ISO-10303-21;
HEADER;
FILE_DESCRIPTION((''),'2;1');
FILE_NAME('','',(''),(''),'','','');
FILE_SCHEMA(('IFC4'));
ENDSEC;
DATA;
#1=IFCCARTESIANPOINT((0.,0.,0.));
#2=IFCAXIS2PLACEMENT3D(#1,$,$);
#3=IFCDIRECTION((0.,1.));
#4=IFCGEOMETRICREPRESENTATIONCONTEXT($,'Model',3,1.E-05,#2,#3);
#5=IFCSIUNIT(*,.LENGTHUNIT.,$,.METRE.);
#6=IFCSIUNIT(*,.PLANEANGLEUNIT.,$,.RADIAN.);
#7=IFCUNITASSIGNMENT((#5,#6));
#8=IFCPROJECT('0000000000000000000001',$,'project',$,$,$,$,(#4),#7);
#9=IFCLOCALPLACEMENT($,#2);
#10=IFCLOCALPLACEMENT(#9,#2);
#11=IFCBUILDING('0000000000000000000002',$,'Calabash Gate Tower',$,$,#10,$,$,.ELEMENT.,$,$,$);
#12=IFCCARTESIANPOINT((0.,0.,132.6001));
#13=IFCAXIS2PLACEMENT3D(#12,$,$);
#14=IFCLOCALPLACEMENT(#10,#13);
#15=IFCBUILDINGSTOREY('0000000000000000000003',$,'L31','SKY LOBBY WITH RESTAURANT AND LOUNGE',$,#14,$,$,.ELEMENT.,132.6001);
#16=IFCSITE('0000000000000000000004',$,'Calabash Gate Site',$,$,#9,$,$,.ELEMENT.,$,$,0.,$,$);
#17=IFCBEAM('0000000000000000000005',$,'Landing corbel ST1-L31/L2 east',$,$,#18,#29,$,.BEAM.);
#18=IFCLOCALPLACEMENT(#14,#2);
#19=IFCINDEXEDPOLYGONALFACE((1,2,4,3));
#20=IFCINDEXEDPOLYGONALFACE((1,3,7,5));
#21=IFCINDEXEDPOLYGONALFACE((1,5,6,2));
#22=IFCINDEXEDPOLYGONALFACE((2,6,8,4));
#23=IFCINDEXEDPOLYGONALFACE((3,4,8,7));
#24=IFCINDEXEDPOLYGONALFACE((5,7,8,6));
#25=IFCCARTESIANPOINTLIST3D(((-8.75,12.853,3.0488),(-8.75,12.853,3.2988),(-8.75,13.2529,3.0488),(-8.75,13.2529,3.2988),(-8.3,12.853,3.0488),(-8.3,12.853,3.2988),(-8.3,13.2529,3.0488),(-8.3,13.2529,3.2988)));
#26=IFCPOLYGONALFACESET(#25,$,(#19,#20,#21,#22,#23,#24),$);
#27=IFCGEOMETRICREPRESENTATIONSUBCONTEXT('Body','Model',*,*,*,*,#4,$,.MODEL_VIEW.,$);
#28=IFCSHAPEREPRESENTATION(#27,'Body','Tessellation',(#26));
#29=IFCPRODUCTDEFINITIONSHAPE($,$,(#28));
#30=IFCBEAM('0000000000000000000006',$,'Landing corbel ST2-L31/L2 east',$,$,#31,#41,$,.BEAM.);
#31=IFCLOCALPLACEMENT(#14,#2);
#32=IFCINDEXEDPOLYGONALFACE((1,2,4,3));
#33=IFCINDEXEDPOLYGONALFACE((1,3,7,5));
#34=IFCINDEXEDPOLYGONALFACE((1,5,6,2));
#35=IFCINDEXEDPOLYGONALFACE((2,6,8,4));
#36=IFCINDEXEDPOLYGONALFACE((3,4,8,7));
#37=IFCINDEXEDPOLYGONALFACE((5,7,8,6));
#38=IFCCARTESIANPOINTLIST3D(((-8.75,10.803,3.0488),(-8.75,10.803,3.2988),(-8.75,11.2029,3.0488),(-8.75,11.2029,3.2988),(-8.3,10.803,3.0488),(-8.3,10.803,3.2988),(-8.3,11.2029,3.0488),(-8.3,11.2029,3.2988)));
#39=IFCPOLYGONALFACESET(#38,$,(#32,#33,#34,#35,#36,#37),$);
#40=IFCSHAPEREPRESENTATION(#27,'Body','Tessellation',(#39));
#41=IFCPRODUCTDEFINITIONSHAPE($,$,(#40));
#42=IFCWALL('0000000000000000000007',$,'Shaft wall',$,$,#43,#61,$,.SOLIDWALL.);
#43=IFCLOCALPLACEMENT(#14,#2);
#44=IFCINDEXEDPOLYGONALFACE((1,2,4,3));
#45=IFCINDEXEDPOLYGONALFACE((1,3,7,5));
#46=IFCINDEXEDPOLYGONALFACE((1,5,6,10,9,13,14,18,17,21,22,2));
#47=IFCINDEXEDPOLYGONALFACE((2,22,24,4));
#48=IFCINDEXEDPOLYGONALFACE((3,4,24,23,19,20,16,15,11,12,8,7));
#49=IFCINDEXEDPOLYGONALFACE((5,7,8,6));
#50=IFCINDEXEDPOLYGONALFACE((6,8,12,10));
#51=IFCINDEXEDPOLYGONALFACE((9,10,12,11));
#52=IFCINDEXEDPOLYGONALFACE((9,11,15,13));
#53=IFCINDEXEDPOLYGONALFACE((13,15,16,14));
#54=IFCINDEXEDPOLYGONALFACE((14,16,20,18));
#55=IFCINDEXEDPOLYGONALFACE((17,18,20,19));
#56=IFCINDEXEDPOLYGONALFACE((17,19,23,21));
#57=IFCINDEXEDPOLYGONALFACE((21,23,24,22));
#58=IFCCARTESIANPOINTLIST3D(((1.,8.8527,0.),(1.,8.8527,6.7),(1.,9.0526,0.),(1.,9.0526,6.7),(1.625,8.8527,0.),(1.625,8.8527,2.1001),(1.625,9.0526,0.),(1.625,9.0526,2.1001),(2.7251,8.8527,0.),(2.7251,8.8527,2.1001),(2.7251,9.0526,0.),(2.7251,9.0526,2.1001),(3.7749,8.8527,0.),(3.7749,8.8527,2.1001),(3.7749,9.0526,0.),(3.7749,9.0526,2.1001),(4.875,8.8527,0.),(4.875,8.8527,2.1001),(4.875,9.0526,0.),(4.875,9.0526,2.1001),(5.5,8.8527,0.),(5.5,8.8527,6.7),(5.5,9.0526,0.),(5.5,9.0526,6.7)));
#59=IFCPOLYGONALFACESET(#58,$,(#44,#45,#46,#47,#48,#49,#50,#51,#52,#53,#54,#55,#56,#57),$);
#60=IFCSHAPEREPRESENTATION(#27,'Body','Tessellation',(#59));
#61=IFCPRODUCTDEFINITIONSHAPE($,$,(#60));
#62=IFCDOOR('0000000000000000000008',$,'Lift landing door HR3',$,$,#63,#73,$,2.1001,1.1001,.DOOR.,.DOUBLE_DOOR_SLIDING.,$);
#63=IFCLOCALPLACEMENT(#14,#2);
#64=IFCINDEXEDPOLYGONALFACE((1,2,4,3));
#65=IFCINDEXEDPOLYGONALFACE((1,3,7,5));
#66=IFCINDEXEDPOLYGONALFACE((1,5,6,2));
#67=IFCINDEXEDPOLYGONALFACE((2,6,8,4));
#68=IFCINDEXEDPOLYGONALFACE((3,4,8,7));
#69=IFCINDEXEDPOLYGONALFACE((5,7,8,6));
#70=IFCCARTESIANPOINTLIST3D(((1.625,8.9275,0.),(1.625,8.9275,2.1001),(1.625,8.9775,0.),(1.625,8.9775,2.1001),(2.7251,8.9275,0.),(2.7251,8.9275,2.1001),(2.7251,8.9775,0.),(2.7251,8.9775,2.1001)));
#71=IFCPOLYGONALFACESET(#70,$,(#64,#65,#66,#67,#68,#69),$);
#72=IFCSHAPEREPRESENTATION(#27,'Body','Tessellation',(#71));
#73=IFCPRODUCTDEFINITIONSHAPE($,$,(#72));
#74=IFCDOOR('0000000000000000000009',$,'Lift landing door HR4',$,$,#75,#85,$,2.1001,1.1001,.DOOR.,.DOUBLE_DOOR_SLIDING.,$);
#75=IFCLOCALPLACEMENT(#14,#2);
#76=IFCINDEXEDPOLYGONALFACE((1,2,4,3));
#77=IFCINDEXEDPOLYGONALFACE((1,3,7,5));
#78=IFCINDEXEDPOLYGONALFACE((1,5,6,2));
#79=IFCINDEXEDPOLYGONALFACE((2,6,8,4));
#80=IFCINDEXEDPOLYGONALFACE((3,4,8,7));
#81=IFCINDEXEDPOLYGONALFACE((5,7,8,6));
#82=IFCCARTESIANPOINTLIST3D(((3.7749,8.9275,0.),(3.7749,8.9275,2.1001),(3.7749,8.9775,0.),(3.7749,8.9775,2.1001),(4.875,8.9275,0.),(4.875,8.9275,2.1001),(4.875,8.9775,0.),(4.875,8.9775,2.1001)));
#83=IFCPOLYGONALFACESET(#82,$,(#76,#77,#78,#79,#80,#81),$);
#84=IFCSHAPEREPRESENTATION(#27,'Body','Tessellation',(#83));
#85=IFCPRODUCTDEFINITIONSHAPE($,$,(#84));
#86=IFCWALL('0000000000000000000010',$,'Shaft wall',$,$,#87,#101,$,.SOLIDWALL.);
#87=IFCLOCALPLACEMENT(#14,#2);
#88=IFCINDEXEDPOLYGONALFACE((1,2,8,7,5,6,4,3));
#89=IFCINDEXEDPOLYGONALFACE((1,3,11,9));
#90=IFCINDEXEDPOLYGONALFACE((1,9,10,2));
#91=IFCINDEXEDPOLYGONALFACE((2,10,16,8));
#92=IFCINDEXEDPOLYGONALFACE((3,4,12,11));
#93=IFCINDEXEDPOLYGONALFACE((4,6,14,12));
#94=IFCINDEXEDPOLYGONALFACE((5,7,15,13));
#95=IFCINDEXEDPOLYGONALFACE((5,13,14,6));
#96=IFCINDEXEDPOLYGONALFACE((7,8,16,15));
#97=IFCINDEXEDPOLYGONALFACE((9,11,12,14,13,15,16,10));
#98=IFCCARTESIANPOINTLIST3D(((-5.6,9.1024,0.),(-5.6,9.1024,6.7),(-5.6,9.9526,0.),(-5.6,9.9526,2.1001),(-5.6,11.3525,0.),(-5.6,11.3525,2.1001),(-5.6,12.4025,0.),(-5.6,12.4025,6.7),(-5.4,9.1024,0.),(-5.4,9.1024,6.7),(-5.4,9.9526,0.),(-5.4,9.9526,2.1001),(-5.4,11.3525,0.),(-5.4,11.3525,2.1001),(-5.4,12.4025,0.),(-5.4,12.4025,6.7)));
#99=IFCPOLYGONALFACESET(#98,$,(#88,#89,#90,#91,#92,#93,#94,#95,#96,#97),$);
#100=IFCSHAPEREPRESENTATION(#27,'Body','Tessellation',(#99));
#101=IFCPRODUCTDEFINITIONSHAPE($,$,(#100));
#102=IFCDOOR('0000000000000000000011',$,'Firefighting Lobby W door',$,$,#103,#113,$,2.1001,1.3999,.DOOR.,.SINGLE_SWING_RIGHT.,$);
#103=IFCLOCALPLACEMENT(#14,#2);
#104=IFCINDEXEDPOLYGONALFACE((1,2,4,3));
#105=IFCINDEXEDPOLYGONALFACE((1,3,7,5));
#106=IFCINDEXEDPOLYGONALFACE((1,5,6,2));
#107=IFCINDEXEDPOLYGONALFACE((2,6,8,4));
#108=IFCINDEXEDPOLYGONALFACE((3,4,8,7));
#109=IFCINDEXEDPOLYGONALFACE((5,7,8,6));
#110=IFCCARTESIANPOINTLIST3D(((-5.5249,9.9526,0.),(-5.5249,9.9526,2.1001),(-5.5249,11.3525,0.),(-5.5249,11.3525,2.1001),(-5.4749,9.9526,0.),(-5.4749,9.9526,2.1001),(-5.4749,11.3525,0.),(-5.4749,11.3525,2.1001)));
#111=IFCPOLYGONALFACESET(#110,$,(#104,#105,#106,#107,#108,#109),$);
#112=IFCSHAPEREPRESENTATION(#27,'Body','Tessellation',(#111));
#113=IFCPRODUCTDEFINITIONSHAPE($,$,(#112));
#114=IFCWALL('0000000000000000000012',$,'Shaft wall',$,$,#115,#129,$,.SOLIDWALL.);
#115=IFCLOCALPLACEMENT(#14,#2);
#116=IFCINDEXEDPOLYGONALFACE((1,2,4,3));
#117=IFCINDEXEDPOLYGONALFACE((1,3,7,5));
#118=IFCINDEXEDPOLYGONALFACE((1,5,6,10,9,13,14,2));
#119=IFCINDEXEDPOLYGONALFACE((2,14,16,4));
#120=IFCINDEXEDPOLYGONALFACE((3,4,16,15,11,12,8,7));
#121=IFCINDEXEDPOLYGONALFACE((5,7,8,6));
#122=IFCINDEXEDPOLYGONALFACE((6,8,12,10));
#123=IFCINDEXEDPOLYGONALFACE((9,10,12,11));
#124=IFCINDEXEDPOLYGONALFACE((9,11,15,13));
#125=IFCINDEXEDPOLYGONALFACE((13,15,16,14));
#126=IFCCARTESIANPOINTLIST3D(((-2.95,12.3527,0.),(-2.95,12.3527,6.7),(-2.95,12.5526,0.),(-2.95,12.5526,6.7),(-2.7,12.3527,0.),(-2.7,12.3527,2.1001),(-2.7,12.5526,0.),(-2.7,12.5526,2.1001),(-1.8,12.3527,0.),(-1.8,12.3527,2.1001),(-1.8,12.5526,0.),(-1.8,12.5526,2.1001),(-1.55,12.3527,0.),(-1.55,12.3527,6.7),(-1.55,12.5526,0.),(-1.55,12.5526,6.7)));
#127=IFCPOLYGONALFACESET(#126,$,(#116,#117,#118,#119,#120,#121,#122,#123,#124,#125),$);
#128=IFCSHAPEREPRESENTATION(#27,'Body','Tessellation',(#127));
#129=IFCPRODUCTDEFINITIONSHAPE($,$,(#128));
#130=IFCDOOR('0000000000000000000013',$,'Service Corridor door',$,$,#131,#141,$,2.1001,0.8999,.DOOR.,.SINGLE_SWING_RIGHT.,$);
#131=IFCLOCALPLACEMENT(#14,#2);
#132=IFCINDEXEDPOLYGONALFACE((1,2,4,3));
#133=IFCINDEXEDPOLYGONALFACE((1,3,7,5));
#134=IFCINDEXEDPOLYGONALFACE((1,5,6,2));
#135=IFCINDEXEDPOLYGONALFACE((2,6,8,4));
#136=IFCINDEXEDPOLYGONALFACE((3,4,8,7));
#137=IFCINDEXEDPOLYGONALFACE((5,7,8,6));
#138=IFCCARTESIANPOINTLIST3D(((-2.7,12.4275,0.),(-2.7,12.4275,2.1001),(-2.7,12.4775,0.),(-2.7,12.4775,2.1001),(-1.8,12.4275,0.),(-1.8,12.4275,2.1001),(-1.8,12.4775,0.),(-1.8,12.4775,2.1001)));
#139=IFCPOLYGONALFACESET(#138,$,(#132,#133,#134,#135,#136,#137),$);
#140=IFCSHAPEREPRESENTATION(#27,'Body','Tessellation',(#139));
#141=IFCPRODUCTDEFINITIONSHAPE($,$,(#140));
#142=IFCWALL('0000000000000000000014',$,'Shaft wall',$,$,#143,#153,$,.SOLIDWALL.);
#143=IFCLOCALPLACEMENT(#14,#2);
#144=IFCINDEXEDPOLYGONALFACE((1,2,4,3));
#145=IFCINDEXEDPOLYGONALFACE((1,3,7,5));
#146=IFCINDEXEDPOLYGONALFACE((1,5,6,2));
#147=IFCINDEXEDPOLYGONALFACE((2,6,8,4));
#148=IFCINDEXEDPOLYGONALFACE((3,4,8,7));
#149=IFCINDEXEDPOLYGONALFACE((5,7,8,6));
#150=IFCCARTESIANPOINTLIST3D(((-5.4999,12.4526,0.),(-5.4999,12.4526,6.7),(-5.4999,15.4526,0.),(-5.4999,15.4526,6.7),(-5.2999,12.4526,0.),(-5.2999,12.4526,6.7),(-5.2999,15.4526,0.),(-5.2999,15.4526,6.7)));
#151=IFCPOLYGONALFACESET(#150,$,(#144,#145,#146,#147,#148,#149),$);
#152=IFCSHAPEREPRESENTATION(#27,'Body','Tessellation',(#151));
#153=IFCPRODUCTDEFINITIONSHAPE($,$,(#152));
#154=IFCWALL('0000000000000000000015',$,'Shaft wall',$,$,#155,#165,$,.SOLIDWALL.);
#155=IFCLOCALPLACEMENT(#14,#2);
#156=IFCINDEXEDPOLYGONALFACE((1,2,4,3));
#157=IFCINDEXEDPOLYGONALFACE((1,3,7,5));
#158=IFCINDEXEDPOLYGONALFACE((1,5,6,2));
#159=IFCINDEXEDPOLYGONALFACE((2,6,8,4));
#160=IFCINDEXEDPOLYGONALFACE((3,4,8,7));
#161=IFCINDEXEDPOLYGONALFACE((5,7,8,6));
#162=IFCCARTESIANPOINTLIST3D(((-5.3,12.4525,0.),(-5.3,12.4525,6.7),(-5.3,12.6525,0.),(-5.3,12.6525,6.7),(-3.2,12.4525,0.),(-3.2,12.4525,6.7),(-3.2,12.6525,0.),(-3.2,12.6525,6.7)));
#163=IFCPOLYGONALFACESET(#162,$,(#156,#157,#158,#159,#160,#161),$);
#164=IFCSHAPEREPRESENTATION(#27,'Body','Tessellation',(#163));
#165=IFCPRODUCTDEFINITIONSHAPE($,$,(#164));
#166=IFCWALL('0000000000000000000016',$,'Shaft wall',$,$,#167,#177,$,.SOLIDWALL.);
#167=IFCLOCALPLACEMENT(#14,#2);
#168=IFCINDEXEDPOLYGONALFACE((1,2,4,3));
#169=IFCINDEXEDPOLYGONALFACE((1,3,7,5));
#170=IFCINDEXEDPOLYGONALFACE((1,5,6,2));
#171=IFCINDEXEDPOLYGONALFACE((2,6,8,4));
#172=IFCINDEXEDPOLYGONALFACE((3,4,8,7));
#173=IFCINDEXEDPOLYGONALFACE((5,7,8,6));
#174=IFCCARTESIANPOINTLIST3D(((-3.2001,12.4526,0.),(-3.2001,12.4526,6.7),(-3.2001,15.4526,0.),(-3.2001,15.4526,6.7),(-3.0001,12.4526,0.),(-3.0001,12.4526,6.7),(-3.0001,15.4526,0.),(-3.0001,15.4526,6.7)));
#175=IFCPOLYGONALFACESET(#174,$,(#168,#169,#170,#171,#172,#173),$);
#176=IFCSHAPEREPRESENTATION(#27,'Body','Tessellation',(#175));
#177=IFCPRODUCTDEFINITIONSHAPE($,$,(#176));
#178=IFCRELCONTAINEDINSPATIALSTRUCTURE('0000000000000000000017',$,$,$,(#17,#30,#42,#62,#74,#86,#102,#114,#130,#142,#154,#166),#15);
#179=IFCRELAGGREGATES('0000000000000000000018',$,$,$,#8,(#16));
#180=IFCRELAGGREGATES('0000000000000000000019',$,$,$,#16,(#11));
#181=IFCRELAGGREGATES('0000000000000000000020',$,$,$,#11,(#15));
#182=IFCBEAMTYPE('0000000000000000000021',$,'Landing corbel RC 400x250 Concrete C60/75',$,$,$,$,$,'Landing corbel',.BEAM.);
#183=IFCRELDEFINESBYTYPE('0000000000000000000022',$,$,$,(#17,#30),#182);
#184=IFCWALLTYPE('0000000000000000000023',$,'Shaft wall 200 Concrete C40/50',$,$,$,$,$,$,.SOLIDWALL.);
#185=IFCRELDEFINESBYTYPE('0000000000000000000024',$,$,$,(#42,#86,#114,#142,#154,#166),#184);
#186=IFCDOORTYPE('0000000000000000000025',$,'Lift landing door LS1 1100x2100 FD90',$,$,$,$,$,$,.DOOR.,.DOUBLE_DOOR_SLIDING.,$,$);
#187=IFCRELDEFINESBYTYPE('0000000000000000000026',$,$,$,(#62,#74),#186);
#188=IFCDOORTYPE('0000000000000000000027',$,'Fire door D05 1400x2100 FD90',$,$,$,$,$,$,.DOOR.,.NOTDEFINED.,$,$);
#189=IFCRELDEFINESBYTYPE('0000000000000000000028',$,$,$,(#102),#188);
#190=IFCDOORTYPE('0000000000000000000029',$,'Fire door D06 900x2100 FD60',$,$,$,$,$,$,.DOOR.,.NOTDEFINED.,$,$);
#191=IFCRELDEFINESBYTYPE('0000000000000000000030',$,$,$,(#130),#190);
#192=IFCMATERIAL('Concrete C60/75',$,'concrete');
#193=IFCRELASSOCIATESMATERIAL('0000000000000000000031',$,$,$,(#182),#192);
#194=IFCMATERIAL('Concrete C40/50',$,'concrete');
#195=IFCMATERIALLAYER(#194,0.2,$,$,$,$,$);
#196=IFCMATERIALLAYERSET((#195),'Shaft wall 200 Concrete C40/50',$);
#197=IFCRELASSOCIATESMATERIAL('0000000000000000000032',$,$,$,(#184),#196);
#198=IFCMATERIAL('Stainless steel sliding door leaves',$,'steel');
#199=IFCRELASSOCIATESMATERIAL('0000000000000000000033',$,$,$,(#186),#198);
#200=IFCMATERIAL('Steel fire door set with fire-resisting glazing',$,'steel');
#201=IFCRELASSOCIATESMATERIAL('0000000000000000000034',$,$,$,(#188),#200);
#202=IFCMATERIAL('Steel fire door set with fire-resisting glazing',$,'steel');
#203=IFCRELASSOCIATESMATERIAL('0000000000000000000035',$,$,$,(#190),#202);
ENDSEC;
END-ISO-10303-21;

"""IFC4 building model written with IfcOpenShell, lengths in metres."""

from ifc_helpers import new_model, si_unit, direction, frame, frame_2d, origin, origin_2d, place, context, subcontext, project, spatial, rectangle, extrude, material, layer, layer_set, material_profile, profile_set, type_object, element, fill, save


model = new_model("IFC4")

# Units and contexts
model_context = context("Model", 3, precision=1e-05, world=origin(), true_north=direction((0.0, 1.0)))
body_context = subcontext(model_context, "Body", "Model", "MODEL_VIEW")
ifc_project = project(units=[si_unit("LENGTHUNIT", "METRE"), si_unit("PLANEANGLEUNIT", "RADIAN")], contexts=[model_context])

# Site, building, storey
site_placement = place(None, origin())
site = spatial("IfcSite", under=ifc_project, at=site_placement, Name="Calabash Gate Site", CompositionType="ELEMENT", RefElevation=0.0)
building_placement = place(site_placement, origin())
building = spatial("IfcBuilding", under=site, at=building_placement, Name="Calabash Gate Tower", CompositionType="ELEMENT")
storey_placement = place(building_placement, frame((0.0, 0.0, 132.6001)))
storey = spatial("IfcBuildingStorey", under=building, at=storey_placement, Name="L31", Description="SKY LOBBY WITH RESTAURANT AND LOUNGE", CompositionType="ELEMENT", Elevation=132.6001)

# Beams
ifc_material_1 = material(Name="Concrete C60/75", Category="concrete")
ifc_material_profile = material_profile(ifc_material_1, rectangle(XDim=0.3999, YDim=0.25, at=origin_2d()))
ifc_profile_set = profile_set([ifc_material_profile], Name="Concrete C60/75")
beam_type = type_object("IfcBeamType", Name="Landing corbel RC 400x250 Concrete C60/75", ElementType="Landing corbel", PredefinedType="BEAM", material=ifc_profile_set)
for number, where, z_axis, x_axis, name in (
    (1, (-8.3, 13.053, 3.1738), (-1.0, 0.0, 0.0), (0.0, -1.0, 0.0), "Landing corbel ST1-L31/L2 east"),
    (2, (-8.3, 11.0029, 3.1738), (-1.0, 0.0, 0.0), (0.0, -1.0, 0.0), "Landing corbel ST2-L31/L2 east"),
):
    element("IfcBeam", number, at=place(storey_placement, frame(where, z_axis=z_axis, x_axis=x_axis)), inside=storey, type_object=beam_type, Name=name, PredefinedType="BEAM", context=body_context, shape_type="SweptSolid", body=[
        extrude(rectangle(XDim=0.3999, YDim=0.25, at=origin_2d()), origin(), (0.0, 0.0, 1.0), 0.45),
    ])

# Wall, openings, doors
ifc_material_2 = material(Name="Concrete C40/50", Category="concrete")
ifc_layer = layer(ifc_material_2, 0.2)
ifc_layer_set = layer_set([ifc_layer], Name="Shaft wall 200 Concrete C40/50")
wall_type = type_object("IfcWallType", Name="Shaft wall 200 Concrete C40/50", PredefinedType="SOLIDWALL", material=ifc_layer_set)
wall_1_placement = place(storey_placement, frame((1.0, 8.9526, 0.0), z_axis=(0.0, 0.0, 1.0), x_axis=(1.0, 0.0, 0.0)))
wall_1 = element("IfcWall", 3, at=wall_1_placement, inside=storey, type_object=wall_type, Name="Shaft wall", PredefinedType="SOLIDWALL", context=body_context, shape_type="SweptSolid", body=[
    extrude(rectangle(XDim=4.5, YDim=0.2, at=frame_2d((2.25, 0.0))), origin(), (0.0, 0.0, 1.0), 6.7),
])
opening_1_placement = place(wall_1_placement, frame((0.625, 0.0, 0.0)))
opening_1 = element("IfcOpeningElement", 4, at=opening_1_placement, cuts=wall_1, PredefinedType="OPENING", context=body_context, shape_type="SweptSolid", body=[
    extrude(rectangle(XDim=1.1001, YDim=2.1001, at=frame_2d((0.55, 1.05))), frame((0.0, 0.1099, 0.0), z_axis=(0.0, -1.0, 0.0), x_axis=(1.0, 0.0, 0.0)), (0.0, 0.0, 1.0), 0.22),
])
opening_2_placement = place(wall_1_placement, frame((2.7749, 0.0, 0.0)))
opening_2 = element("IfcOpeningElement", 5, at=opening_2_placement, cuts=wall_1, PredefinedType="OPENING", context=body_context, shape_type="SweptSolid", body=[
    extrude(rectangle(XDim=1.1001, YDim=2.1001, at=frame_2d((0.55, 1.05))), frame((0.0, 0.1099, 0.0), z_axis=(0.0, -1.0, 0.0), x_axis=(1.0, 0.0, 0.0)), (0.0, 0.0, 1.0), 0.22),
])
ifc_material_3 = material(Name="Stainless steel sliding door leaves", Category="steel")
door_type_1 = type_object("IfcDoorType", Name="Lift landing door LS1 1100x2100 FD90", OperationType="DOUBLE_DOOR_SLIDING", PredefinedType="DOOR", material=ifc_material_3)
door_1_placement = place(opening_1_placement, origin())
door_1 = element("IfcDoor", 6, at=door_1_placement, inside=storey, type_object=door_type_1, Name="Lift landing door HR3", OperationType="DOUBLE_DOOR_SLIDING", OverallHeight=2.1001, OverallWidth=1.1001, PredefinedType="DOOR", context=body_context, shape_type="SweptSolid", body=[
    extrude(rectangle(XDim=1.1001, YDim=2.1001, at=frame_2d((0.55, 1.05))), frame((0.0, 0.0249, 0.0), z_axis=(0.0, -1.0, 0.0), x_axis=(1.0, 0.0, 0.0)), (0.0, 0.0, 1.0), 0.05),
])
fill(opening_1, door_1)
door_2_placement = place(opening_2_placement, origin())
door_2 = element("IfcDoor", 7, at=door_2_placement, inside=storey, type_object=door_type_1, Name="Lift landing door HR4", OperationType="DOUBLE_DOOR_SLIDING", OverallHeight=2.1001, OverallWidth=1.1001, PredefinedType="DOOR", context=body_context, shape_type="SweptSolid", body=[
    extrude(rectangle(XDim=1.1001, YDim=2.1001, at=frame_2d((0.55, 1.05))), frame((0.0, 0.0249, 0.0), z_axis=(0.0, -1.0, 0.0), x_axis=(1.0, 0.0, 0.0)), (0.0, 0.0, 1.0), 0.05),
])
fill(opening_2, door_2)

# Walls, openings, doors
wall_2_placement = place(storey_placement, frame((-5.5, 9.1025, 0.0), z_axis=(0.0, 0.0, 1.0), x_axis=(0.0, 1.0, 0.0)))
wall_2 = element("IfcWall", 8, at=wall_2_placement, inside=storey, type_object=wall_type, Name="Shaft wall", PredefinedType="SOLIDWALL", context=body_context, shape_type="SweptSolid", body=[
    extrude(rectangle(XDim=3.3, YDim=0.2, at=frame_2d((1.6499, 0.0))), origin(), (0.0, 0.0, 1.0), 6.7),
])
opening_3_placement = place(wall_2_placement, frame((0.8501, 0.0, 0.0)))
opening_3 = element("IfcOpeningElement", 9, at=opening_3_placement, cuts=wall_2, PredefinedType="OPENING", context=body_context, shape_type="SweptSolid", body=[
    extrude(rectangle(XDim=1.3999, YDim=2.1001, at=frame_2d((0.7, 1.05))), frame((0.0, 0.1099, 0.0), z_axis=(0.0, -1.0, 0.0), x_axis=(1.0, 0.0, 0.0)), (0.0, 0.0, 1.0), 0.22),
])
ifc_material_4 = material(Name="Steel fire door set with fire-resisting glazing", Category="steel")
door_type_2 = type_object("IfcDoorType", Name="Fire door D05 1400x2100 FD90", OperationType="NOTDEFINED", PredefinedType="DOOR", material=ifc_material_4)
door_3_placement = place(opening_3_placement, origin())
door_3 = element("IfcDoor", 10, at=door_3_placement, inside=storey, type_object=door_type_2, Name="Firefighting Lobby W door", OperationType="SINGLE_SWING_RIGHT", OverallHeight=2.1001, OverallWidth=1.3999, PredefinedType="DOOR", context=body_context, shape_type="SweptSolid", body=[
    extrude(rectangle(XDim=1.3999, YDim=2.1001, at=frame_2d((0.7, 1.05))), frame((0.0, 0.0249, 0.0), z_axis=(0.0, -1.0, 0.0), x_axis=(1.0, 0.0, 0.0)), (0.0, 0.0, 1.0), 0.05),
])
fill(opening_3, door_3)
wall_3_placement = place(storey_placement, frame((-2.95, 12.4526, 0.0), z_axis=(0.0, 0.0, 1.0), x_axis=(1.0, 0.0, 0.0)))
wall_3 = element("IfcWall", 11, at=wall_3_placement, inside=storey, type_object=wall_type, Name="Shaft wall", PredefinedType="SOLIDWALL", context=body_context, shape_type="SweptSolid", body=[
    extrude(rectangle(XDim=1.3999, YDim=0.2, at=frame_2d((0.7, 0.0))), origin(), (0.0, 0.0, 1.0), 6.7),
])
opening_4_placement = place(wall_3_placement, frame((0.25, 0.0, 0.0)))
opening_4 = element("IfcOpeningElement", 12, at=opening_4_placement, cuts=wall_3, PredefinedType="OPENING", context=body_context, shape_type="SweptSolid", body=[
    extrude(rectangle(XDim=0.8999, YDim=2.1001, at=frame_2d((0.45, 1.05))), frame((0.0, 0.1099, 0.0), z_axis=(0.0, -1.0, 0.0), x_axis=(1.0, 0.0, 0.0)), (0.0, 0.0, 1.0), 0.22),
])
ifc_material_5 = material(Name="Steel fire door set with fire-resisting glazing", Category="steel")
door_type_3 = type_object("IfcDoorType", Name="Fire door D06 900x2100 FD60", OperationType="NOTDEFINED", PredefinedType="DOOR", material=ifc_material_5)
door_4_placement = place(opening_4_placement, origin())
door_4 = element("IfcDoor", 13, at=door_4_placement, inside=storey, type_object=door_type_3, Name="Service Corridor door", OperationType="SINGLE_SWING_RIGHT", OverallHeight=2.1001, OverallWidth=0.8999, PredefinedType="DOOR", context=body_context, shape_type="SweptSolid", body=[
    extrude(rectangle(XDim=0.8999, YDim=2.1001, at=frame_2d((0.45, 1.05))), frame((0.0, 0.0249, 0.0), z_axis=(0.0, -1.0, 0.0), x_axis=(1.0, 0.0, 0.0)), (0.0, 0.0, 1.0), 0.05),
])
fill(opening_4, door_4)

# Walls
wall_4_placement = place(storey_placement, frame((-5.3999, 12.4526, 0.0), z_axis=(0.0, 0.0, 1.0), x_axis=(0.0, 1.0, 0.0)))
element("IfcWall", 14, at=wall_4_placement, inside=storey, type_object=wall_type, Name="Shaft wall", PredefinedType="SOLIDWALL", context=body_context, shape_type="SweptSolid", body=[
    extrude(rectangle(XDim=3.0, YDim=0.2, at=frame_2d((1.5, 0.0))), origin(), (0.0, 0.0, 1.0), 6.7),
])
wall_5_placement = place(storey_placement, frame((-5.3, 12.5525, 0.0), z_axis=(0.0, 0.0, 1.0), x_axis=(1.0, 0.0, 0.0)))
element("IfcWall", 15, at=wall_5_placement, inside=storey, type_object=wall_type, Name="Shaft wall", PredefinedType="SOLIDWALL", context=body_context, shape_type="SweptSolid", body=[
    extrude(rectangle(XDim=2.1001, YDim=0.2, at=frame_2d((1.05, 0.0))), origin(), (0.0, 0.0, 1.0), 6.7),
])
wall_6_placement = place(storey_placement, frame((-3.1001, 12.4526, 0.0), z_axis=(0.0, 0.0, 1.0), x_axis=(0.0, 1.0, 0.0)))
element("IfcWall", 16, at=wall_6_placement, inside=storey, type_object=wall_type, Name="Shaft wall", PredefinedType="SOLIDWALL", context=body_context, shape_type="SweptSolid", body=[
    extrude(rectangle(XDim=3.0, YDim=0.2, at=frame_2d((1.5, 0.0))), origin(), (0.0, 0.0, 1.0), 6.7),
])

save(model, "model.ifc")
